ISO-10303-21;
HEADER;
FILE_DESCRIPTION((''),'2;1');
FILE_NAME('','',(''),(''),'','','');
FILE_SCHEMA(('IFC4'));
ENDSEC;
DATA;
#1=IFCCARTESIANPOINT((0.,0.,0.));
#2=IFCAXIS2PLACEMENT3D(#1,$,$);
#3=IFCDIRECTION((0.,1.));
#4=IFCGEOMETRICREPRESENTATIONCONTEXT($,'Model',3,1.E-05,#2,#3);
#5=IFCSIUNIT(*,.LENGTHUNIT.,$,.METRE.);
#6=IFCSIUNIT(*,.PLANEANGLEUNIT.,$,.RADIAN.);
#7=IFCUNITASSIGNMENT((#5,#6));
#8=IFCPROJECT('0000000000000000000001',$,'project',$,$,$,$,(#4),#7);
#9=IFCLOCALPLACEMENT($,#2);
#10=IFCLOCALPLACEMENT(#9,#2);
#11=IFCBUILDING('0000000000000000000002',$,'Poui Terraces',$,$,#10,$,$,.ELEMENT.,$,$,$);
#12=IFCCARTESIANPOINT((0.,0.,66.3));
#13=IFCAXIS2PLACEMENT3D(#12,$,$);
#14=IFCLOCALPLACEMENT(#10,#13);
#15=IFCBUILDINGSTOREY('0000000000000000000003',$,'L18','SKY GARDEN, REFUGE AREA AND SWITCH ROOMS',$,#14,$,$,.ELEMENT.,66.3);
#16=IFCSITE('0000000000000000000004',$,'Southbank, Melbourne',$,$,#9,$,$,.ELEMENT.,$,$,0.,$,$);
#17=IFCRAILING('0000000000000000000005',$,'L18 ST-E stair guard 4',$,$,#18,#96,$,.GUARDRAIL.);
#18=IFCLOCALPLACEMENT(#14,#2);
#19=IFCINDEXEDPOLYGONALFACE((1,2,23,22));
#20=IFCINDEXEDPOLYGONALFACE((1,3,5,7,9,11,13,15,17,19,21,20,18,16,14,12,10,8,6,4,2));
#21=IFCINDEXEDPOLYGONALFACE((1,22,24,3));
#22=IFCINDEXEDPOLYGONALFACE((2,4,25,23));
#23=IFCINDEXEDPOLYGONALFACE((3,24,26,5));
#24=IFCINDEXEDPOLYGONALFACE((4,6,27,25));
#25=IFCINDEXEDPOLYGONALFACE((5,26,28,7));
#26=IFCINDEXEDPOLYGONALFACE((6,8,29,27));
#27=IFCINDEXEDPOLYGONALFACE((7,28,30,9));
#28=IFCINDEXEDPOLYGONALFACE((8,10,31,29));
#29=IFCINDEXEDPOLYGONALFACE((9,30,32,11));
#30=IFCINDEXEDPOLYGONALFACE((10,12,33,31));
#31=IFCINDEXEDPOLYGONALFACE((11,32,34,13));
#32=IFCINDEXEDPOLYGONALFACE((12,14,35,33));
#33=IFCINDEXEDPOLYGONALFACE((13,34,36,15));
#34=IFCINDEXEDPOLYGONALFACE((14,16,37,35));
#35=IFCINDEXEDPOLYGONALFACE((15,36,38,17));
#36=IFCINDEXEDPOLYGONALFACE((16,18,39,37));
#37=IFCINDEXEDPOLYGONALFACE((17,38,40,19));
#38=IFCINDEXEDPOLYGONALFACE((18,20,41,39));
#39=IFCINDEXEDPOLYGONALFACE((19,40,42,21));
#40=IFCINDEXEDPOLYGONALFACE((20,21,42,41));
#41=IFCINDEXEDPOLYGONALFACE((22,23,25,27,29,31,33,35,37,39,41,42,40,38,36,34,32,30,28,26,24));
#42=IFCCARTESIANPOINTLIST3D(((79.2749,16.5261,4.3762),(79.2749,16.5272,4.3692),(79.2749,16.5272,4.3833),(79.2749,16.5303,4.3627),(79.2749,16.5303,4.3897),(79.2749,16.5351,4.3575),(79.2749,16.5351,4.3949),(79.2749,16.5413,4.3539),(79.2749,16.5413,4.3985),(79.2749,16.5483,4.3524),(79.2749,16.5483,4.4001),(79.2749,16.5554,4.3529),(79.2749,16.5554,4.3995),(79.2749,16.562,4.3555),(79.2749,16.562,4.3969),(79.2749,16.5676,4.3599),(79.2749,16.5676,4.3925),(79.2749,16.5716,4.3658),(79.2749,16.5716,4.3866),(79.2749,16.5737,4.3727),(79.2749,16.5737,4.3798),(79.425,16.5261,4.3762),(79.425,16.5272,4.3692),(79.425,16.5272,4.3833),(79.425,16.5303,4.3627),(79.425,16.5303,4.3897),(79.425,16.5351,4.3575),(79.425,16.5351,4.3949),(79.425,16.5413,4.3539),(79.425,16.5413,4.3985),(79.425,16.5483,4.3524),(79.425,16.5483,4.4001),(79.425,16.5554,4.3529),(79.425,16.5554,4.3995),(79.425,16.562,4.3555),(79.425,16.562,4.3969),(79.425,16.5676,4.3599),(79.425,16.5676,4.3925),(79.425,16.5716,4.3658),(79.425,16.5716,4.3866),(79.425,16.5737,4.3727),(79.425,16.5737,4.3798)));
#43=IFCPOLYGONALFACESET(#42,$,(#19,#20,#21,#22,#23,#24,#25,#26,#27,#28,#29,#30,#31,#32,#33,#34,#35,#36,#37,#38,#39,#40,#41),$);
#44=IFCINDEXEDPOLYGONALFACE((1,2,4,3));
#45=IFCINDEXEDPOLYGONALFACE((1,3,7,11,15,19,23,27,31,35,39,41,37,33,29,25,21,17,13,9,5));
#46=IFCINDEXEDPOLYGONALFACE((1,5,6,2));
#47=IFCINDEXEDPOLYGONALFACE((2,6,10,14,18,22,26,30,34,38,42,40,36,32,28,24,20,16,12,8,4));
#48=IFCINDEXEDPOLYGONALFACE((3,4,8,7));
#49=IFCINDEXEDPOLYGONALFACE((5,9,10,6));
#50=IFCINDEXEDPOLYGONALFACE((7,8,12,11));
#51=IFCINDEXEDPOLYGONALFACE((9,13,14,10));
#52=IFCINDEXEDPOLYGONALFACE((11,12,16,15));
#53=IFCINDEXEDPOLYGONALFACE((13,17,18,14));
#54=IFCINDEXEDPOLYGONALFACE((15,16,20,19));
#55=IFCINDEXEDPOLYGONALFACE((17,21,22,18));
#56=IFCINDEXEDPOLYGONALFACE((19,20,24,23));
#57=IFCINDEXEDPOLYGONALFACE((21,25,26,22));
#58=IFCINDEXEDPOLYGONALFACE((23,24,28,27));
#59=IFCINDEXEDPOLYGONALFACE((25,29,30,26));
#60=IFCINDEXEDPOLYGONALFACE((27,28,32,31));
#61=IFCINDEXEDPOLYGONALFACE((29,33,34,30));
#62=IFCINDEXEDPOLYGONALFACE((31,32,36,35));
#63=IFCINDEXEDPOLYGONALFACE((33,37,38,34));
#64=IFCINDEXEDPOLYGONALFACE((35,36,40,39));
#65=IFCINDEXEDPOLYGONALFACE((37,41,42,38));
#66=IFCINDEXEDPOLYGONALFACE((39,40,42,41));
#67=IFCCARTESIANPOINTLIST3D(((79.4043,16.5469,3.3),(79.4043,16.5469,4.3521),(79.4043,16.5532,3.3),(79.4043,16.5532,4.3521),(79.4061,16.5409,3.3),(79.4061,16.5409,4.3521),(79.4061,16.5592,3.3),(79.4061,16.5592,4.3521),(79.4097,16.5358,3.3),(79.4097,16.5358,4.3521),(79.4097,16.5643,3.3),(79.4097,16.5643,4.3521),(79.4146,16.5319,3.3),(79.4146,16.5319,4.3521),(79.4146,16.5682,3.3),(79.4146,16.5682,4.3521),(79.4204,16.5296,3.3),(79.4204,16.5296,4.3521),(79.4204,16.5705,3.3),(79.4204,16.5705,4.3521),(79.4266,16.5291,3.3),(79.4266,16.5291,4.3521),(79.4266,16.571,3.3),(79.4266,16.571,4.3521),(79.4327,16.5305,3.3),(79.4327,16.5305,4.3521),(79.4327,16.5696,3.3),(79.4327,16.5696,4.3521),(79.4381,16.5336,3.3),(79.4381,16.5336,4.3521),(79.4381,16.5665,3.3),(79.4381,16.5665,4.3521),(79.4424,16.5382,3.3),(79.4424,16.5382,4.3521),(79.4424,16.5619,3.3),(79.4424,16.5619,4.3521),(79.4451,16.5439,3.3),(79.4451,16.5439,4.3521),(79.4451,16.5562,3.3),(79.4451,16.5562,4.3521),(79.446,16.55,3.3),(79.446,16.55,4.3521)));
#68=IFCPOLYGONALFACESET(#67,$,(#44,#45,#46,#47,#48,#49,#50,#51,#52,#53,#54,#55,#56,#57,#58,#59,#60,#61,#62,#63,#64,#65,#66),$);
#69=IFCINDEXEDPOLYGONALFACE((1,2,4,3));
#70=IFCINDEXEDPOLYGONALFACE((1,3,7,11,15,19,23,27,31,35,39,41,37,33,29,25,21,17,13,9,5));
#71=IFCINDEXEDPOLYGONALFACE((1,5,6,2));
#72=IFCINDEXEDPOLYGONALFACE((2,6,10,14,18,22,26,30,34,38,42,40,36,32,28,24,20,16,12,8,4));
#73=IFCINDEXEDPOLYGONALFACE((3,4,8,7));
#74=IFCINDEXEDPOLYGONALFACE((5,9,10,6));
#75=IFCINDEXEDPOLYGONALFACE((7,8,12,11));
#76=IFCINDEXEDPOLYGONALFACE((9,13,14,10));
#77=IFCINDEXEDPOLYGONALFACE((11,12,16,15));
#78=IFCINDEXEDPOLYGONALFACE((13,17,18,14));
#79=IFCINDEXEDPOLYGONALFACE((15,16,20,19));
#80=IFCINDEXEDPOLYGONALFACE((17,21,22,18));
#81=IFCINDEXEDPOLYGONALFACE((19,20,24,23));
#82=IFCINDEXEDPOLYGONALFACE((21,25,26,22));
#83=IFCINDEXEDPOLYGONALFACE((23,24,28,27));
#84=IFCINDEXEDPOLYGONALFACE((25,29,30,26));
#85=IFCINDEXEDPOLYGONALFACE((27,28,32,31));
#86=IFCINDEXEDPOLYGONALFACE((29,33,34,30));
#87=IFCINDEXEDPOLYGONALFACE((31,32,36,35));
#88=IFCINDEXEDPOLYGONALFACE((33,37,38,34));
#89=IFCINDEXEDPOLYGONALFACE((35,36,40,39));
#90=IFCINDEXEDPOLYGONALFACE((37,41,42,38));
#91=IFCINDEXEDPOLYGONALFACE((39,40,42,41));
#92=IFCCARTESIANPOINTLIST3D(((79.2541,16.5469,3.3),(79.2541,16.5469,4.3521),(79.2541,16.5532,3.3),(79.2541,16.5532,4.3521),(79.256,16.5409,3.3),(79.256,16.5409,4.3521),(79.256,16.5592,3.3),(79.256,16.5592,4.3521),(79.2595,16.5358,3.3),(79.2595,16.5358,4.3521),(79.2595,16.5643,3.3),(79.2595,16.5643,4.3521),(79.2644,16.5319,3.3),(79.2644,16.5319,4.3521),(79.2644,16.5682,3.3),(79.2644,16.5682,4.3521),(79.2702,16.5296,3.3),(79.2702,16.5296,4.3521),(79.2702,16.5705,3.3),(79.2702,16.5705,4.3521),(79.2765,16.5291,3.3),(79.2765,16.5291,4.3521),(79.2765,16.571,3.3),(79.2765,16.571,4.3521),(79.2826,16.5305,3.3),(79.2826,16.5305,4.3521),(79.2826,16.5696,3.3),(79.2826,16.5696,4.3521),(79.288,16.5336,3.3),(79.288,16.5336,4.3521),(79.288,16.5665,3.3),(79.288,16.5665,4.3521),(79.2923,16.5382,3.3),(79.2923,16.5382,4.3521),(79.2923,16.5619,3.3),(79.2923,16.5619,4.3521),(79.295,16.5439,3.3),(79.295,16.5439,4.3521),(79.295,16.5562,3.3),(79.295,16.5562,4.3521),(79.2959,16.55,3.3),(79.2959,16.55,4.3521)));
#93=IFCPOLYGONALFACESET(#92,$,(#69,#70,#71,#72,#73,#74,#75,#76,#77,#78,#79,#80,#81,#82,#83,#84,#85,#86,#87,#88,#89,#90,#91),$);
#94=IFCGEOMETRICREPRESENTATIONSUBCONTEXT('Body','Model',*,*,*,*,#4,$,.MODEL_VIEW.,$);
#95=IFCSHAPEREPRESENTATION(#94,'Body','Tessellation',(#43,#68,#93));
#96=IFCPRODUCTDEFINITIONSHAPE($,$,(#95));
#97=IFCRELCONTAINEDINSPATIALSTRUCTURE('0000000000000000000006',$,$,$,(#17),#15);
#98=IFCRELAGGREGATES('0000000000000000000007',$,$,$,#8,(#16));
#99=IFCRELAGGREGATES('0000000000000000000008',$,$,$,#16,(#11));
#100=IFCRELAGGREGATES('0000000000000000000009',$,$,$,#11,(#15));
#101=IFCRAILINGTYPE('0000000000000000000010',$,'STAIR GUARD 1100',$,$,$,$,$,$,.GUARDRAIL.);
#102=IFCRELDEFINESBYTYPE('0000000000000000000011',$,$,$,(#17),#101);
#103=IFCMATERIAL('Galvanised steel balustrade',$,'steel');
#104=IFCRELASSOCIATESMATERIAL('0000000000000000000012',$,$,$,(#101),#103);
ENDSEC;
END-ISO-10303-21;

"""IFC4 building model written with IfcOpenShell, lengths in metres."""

from ifc_helpers import new_model, si_unit, direction, frame, origin, origin_2d, place, context, subcontext, project, spatial, circle, extrude, material, type_object, element, save


model = new_model("IFC4")

# Units and contexts
model_context = context("Model", 3, precision=1e-05, world=origin(), true_north=direction((0.0, 1.0)))
body_context = subcontext(model_context, "Body", "Model", "MODEL_VIEW")
ifc_project = project(units=[si_unit("LENGTHUNIT", "METRE"), si_unit("PLANEANGLEUNIT", "RADIAN")], contexts=[model_context])

# Site, building, storey
site_placement = place(None, origin())
site = spatial("IfcSite", under=ifc_project, at=site_placement, Name="Southbank, Melbourne", CompositionType="ELEMENT", RefElevation=0.0)
building_placement = place(site_placement, origin())
building = spatial("IfcBuilding", under=site, at=building_placement, Name="Poui Terraces", CompositionType="ELEMENT")
storey_placement = place(building_placement, frame((0.0, 0.0, 66.3)))
storey = spatial("IfcBuildingStorey", under=building, at=storey_placement, Name="L18", Description="SKY GARDEN, REFUGE AREA AND SWITCH ROOMS", CompositionType="ELEMENT", Elevation=66.3)

# Railing
ifc_material_1 = material(Name="Galvanised steel balustrade", Category="steel")
railing_type_1 = type_object("IfcRailingType", Name="STAIR GUARD 1100", PredefinedType="GUARDRAIL", material=ifc_material_1)
railing_1_placement = place(storey_placement, frame((79.425, 16.55, 3.3)))
element("IfcRailing", 1, at=railing_1_placement, inside=storey, type_object=railing_type_1, Name="L18 ST-E stair guard 4", PredefinedType="GUARDRAIL", context=body_context, shape_type="SweptSolid", body=[
    extrude(circle(Radius=0.0239, at=origin_2d()), frame((0.0, 0.0, 1.0762), z_axis=(-1.0, 0.0, 0.0), x_axis=(0.0, -1.0, 0.0)), (0.0, 0.0, 1.0), 0.1501),
    extrude(circle(Radius=0.021, at=origin_2d()), origin(), (0.0, 0.0, 1.0), 1.052),
    extrude(circle(Radius=0.021, at=origin_2d()), frame((-0.1501, 0.0, 0.0)), (0.0, 0.0, 1.0), 1.052),
])

save(model, "model.ifc")
